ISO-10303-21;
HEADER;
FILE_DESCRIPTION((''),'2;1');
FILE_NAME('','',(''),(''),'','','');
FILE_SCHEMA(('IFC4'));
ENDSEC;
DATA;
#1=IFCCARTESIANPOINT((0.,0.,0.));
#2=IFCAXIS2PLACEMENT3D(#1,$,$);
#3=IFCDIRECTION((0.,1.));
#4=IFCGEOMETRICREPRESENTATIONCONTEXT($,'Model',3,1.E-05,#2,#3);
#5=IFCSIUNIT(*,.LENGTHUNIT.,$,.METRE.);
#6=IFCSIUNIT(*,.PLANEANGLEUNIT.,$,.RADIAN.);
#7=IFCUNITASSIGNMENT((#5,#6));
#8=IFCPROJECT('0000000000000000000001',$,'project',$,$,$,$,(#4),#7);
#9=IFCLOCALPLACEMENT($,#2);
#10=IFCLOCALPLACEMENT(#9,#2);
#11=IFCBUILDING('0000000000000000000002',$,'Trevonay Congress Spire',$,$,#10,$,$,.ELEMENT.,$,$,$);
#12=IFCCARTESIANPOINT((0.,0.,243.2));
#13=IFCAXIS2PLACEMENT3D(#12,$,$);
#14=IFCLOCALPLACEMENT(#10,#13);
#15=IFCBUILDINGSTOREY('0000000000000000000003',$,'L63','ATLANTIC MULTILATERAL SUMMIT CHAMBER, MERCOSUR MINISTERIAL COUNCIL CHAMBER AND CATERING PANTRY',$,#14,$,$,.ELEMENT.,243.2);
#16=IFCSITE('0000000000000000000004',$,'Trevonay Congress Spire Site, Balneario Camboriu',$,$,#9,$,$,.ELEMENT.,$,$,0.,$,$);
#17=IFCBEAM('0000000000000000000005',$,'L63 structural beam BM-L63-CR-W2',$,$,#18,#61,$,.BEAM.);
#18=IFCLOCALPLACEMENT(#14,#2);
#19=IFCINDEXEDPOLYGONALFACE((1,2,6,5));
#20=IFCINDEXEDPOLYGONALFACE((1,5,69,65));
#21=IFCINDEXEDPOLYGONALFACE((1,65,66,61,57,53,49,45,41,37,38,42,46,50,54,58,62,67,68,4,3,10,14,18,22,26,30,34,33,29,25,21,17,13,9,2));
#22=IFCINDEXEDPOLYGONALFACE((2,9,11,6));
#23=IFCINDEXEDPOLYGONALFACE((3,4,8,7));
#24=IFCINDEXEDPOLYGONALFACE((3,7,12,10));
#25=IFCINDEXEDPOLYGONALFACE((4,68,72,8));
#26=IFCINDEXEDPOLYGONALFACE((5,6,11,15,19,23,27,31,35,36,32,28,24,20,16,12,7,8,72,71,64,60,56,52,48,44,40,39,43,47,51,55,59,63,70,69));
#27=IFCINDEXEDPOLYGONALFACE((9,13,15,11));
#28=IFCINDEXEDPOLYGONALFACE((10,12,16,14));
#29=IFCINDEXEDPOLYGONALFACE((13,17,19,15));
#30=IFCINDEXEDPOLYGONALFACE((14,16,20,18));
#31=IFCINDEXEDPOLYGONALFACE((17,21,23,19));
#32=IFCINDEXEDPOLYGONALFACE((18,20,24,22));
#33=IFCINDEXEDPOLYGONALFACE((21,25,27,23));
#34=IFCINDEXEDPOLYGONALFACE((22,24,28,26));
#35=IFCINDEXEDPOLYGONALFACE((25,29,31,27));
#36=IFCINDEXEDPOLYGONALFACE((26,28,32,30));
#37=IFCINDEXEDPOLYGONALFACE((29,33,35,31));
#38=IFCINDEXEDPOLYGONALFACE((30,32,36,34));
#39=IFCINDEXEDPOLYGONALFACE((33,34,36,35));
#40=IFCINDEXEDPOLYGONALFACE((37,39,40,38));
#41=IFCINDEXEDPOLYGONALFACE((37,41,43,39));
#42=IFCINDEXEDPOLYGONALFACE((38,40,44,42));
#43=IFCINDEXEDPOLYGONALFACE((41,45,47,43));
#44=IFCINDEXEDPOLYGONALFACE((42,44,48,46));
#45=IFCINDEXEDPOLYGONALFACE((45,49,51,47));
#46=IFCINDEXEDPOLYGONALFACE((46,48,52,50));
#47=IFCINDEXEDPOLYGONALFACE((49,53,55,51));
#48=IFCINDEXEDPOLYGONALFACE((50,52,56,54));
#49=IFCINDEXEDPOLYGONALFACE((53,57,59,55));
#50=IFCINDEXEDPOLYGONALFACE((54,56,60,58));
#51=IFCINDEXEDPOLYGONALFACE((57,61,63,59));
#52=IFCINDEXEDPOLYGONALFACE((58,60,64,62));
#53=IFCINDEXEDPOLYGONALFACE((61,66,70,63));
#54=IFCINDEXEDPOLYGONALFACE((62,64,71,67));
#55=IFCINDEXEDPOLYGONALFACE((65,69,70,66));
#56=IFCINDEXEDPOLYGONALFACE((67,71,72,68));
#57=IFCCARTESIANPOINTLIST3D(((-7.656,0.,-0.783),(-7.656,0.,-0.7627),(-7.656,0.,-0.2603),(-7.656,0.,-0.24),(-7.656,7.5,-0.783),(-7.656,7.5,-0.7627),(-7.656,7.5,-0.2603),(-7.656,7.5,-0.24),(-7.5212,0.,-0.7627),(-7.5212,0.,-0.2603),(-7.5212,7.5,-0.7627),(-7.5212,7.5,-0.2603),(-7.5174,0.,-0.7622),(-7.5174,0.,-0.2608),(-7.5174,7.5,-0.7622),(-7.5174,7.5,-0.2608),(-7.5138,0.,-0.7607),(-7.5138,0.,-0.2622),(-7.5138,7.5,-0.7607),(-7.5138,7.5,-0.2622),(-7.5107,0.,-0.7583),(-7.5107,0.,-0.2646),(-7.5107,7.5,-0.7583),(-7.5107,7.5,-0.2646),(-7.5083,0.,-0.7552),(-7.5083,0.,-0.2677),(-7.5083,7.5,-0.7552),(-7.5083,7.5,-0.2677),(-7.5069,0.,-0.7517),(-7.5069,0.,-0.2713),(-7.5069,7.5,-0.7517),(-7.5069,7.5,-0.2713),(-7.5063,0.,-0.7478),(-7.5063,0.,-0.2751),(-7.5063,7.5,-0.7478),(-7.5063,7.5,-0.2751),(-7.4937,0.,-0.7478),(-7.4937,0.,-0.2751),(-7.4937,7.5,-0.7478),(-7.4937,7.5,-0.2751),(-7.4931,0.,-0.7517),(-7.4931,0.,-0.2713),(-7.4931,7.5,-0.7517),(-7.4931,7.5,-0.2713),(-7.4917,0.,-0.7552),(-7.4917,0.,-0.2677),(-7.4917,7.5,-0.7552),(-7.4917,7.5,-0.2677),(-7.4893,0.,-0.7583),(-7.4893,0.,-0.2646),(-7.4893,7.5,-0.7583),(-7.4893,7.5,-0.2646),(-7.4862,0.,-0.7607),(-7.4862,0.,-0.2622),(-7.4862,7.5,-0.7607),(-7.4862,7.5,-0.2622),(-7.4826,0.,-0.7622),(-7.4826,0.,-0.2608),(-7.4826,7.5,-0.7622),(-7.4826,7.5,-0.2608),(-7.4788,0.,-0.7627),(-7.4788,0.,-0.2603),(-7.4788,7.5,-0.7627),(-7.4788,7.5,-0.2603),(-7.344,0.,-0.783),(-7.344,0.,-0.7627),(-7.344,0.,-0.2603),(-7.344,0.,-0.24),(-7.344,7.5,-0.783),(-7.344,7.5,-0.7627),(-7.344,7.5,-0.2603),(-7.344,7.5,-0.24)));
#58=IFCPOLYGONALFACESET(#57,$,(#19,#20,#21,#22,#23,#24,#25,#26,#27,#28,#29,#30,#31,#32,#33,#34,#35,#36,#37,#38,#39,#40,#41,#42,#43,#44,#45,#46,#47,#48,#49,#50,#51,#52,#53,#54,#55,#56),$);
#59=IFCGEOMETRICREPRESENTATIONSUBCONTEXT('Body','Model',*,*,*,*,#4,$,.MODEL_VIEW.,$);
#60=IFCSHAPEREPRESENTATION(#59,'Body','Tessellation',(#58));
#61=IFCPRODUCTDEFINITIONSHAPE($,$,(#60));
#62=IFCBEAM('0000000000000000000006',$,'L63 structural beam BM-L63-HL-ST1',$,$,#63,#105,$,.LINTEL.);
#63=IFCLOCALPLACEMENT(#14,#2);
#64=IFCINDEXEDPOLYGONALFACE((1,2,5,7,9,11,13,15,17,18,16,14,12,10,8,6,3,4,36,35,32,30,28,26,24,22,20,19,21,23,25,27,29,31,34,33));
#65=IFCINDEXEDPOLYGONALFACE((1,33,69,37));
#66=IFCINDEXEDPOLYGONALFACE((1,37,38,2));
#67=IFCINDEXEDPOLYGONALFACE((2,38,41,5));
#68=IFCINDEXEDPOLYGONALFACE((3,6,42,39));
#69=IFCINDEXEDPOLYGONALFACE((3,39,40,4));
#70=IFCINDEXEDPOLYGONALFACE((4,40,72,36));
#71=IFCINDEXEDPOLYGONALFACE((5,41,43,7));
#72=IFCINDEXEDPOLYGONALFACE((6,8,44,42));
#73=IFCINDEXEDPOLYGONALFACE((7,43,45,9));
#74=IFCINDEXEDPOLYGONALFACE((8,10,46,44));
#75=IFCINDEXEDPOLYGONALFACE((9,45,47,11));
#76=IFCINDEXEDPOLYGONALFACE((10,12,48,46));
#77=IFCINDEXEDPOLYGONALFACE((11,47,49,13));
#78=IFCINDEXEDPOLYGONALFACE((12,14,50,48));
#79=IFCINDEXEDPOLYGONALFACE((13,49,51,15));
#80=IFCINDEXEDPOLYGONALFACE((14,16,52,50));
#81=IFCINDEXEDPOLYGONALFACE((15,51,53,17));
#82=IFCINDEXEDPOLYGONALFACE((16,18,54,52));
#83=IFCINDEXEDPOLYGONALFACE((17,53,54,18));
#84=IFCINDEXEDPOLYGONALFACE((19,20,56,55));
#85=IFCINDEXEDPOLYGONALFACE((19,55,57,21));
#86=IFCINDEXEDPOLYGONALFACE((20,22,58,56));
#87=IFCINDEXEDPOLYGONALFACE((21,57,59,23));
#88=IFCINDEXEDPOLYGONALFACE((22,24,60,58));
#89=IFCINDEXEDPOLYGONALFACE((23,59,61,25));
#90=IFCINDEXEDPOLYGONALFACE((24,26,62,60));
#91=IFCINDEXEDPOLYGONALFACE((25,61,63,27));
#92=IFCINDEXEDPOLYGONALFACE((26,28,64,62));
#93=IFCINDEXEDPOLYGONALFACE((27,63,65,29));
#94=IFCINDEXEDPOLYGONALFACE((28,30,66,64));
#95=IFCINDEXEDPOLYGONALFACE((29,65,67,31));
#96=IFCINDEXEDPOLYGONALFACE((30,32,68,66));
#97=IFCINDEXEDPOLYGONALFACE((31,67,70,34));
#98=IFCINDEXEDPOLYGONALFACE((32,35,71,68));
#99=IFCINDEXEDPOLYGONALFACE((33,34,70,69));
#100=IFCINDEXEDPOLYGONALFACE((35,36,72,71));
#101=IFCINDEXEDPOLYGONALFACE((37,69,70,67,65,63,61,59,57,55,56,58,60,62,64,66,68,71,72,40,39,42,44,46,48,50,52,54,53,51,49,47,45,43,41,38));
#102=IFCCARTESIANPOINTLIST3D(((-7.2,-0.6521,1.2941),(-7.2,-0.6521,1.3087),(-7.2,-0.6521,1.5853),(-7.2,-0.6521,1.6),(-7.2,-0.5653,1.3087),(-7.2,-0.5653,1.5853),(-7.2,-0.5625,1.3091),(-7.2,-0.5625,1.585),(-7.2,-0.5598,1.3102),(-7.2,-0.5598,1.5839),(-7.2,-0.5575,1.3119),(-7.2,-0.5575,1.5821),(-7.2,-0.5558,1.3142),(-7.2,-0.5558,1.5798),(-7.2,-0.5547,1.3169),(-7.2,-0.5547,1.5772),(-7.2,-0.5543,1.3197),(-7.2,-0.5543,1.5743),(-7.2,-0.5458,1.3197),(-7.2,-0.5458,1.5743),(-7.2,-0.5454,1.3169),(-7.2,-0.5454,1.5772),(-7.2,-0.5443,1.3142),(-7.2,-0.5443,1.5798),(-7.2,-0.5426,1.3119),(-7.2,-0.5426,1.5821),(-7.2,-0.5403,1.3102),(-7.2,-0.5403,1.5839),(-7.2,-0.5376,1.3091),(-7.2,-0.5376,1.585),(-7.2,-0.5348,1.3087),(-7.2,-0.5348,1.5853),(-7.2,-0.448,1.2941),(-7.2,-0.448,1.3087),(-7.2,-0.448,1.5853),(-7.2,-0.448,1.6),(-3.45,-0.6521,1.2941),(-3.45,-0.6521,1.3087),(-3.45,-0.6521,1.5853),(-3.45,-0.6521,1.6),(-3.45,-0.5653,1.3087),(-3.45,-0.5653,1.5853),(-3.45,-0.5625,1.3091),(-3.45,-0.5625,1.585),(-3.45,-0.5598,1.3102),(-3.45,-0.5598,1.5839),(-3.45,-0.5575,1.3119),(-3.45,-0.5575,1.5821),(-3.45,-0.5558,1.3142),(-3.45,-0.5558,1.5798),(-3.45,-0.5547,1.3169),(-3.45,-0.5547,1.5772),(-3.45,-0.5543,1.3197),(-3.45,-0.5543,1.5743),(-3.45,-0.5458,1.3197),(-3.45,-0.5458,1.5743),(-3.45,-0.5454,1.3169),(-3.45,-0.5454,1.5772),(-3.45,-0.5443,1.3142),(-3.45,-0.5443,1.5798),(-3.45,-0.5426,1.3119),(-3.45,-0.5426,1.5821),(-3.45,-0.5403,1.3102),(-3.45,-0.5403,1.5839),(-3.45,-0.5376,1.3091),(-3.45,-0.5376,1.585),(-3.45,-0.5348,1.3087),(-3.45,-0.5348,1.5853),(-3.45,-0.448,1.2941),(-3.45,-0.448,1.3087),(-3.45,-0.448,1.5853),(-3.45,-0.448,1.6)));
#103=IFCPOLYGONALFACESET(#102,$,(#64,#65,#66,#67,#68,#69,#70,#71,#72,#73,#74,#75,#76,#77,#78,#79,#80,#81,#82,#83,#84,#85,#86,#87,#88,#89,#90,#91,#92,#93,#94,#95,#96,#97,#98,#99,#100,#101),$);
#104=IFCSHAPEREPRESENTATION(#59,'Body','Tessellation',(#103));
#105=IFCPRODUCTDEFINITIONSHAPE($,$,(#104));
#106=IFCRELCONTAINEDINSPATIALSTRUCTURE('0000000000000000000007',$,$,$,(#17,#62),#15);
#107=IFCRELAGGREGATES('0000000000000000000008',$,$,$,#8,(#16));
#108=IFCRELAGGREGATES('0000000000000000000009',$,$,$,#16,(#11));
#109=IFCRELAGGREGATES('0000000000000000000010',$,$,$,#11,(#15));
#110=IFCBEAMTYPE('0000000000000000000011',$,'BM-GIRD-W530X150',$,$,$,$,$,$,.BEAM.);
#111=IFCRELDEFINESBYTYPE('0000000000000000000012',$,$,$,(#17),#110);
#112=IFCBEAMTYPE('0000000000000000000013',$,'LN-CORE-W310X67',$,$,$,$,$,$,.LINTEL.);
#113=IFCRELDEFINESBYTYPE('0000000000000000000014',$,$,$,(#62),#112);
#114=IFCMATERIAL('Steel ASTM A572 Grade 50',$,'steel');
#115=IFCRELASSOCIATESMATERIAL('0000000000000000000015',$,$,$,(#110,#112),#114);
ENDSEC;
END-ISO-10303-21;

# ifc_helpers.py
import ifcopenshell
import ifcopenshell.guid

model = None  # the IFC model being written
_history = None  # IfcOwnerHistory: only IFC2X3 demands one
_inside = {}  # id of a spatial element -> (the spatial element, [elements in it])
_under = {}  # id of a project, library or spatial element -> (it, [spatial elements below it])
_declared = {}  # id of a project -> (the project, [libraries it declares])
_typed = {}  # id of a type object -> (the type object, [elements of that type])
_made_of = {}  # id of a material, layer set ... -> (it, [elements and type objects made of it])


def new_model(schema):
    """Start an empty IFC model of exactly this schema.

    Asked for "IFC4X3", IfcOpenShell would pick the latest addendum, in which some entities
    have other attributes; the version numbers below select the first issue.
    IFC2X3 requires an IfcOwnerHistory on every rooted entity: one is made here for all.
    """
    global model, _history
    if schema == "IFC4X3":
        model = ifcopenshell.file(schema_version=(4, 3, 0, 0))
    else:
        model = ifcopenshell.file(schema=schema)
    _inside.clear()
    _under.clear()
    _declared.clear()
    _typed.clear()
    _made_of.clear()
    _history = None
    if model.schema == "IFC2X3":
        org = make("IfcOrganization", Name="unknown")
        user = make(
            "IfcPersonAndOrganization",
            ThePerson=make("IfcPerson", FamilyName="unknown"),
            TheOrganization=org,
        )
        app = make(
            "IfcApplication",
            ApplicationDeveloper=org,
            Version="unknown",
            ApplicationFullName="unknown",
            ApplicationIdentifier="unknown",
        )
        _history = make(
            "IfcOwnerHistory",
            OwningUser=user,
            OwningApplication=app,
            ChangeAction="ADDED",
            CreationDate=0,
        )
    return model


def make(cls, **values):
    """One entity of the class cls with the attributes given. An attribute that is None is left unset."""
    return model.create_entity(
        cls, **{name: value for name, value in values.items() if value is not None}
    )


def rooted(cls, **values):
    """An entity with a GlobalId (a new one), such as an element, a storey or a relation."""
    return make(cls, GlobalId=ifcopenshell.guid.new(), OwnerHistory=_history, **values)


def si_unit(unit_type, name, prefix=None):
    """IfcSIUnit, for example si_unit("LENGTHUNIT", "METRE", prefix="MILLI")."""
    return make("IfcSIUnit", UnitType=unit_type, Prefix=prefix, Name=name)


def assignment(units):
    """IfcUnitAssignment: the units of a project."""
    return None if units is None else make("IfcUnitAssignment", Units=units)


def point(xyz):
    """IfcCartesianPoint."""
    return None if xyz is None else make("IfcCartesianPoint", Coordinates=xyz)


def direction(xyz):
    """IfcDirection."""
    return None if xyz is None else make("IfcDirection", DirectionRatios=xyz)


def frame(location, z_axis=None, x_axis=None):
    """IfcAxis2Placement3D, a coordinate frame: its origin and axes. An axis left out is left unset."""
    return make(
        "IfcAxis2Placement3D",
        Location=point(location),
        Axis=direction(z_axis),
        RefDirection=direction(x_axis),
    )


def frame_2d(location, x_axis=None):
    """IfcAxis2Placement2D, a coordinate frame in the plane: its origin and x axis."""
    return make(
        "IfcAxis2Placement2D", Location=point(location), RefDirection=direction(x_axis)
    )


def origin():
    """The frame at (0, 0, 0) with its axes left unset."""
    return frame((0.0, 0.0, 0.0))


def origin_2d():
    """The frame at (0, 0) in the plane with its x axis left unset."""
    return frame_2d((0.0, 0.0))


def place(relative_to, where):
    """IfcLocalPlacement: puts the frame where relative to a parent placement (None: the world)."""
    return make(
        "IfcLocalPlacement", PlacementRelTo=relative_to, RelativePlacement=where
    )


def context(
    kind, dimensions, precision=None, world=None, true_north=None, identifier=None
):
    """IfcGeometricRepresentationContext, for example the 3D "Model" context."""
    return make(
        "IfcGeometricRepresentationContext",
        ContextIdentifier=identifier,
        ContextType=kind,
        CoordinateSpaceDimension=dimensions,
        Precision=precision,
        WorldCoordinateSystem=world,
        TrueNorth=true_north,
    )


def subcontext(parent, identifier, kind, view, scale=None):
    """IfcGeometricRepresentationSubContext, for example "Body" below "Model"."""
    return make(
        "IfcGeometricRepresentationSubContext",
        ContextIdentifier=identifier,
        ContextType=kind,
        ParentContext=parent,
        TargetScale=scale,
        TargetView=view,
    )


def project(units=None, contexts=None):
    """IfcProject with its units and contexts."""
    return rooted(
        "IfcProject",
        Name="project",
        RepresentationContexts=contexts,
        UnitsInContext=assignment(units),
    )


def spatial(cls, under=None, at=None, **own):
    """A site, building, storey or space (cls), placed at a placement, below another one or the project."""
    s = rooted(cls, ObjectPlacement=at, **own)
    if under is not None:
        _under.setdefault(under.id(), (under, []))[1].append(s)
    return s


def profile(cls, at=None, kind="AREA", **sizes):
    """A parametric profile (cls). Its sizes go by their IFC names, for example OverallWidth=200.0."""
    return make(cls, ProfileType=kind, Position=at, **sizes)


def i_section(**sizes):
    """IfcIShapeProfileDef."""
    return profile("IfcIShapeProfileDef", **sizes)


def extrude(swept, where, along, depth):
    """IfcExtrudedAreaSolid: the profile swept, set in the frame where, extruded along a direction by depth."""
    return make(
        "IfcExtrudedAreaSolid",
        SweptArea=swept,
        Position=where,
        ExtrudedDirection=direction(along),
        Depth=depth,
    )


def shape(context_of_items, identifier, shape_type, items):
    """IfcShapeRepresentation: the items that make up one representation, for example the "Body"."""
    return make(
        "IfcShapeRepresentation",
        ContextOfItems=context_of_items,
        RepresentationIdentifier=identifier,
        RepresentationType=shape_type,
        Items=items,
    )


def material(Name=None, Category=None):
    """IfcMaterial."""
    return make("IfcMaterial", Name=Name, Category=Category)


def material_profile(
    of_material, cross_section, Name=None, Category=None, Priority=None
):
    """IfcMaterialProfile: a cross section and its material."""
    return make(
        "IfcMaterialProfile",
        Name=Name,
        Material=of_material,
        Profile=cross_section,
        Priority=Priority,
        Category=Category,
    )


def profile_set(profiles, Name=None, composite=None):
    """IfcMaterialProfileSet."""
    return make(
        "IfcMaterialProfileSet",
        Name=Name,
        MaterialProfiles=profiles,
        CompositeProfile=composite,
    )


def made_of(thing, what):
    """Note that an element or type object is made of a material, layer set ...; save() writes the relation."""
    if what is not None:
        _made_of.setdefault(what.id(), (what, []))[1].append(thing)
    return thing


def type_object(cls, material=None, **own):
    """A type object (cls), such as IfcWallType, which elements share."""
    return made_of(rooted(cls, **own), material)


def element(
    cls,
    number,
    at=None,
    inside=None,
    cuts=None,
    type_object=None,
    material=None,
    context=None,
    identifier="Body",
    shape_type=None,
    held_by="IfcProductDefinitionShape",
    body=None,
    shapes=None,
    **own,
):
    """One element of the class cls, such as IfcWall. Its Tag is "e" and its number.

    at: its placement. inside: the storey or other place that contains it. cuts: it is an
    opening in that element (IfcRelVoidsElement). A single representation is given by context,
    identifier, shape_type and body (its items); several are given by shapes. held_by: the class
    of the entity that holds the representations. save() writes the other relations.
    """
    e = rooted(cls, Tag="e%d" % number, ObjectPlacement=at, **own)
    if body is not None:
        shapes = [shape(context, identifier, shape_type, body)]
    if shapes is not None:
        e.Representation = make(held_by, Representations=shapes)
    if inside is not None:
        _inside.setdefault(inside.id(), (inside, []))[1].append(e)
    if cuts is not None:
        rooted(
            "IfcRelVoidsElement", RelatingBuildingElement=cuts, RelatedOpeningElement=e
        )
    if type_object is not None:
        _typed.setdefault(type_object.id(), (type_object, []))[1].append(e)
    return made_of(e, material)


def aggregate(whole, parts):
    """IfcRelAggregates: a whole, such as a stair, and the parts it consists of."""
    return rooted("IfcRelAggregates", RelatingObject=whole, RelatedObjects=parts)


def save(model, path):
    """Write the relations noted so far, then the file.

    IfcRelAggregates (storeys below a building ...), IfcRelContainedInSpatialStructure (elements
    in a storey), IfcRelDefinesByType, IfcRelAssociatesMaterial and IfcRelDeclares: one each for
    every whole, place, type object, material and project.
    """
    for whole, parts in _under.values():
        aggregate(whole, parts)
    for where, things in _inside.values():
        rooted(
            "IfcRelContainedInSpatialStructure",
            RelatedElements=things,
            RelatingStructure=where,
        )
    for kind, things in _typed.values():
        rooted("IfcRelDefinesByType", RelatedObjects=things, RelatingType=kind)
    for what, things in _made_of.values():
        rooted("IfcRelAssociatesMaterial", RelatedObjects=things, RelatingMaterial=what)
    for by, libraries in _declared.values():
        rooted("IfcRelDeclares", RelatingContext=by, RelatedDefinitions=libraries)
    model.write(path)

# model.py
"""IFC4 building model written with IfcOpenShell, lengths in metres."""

from ifc_helpers import new_model, si_unit, direction, frame, origin, origin_2d, place, context, subcontext, project, spatial, i_section, extrude, material, material_profile, profile_set, type_object, element, save


model = new_model("IFC4")

# Units and contexts
model_context = context("Model", 3, precision=1e-05, world=origin(), true_north=direction((0.0, 1.0)))
body_context = subcontext(model_context, "Body", "Model", "MODEL_VIEW")
ifc_project = project(units=[si_unit("LENGTHUNIT", "METRE"), si_unit("PLANEANGLEUNIT", "RADIAN")], contexts=[model_context])

# Site, building, storey
site_placement = place(None, origin())
site = spatial("IfcSite", under=ifc_project, at=site_placement, Name="Trevonay Congress Spire Site, Balneario Camboriu", CompositionType="ELEMENT", RefElevation=0.0)
building_placement = place(site_placement, origin())
building = spatial("IfcBuilding", under=site, at=building_placement, Name="Trevonay Congress Spire", CompositionType="ELEMENT")
storey_placement = place(building_placement, frame((0.0, 0.0, 243.2)))
storey = spatial("IfcBuildingStorey", under=building, at=storey_placement, Name="L63", Description="ATLANTIC MULTILATERAL SUMMIT CHAMBER, MERCOSUR MINISTERIAL COUNCIL CHAMBER AND CATERING PANTRY", CompositionType="ELEMENT", Elevation=243.2)

# Shared definitions
ifc_material_1 = material(Name="Steel ASTM A572 Grade 50", Category="steel")

# Beams
ifc_material_profile_1 = material_profile(ifc_material_1, i_section(OverallWidth=0.312, OverallDepth=0.543, WebThickness=0.0127, FlangeThickness=0.0203, FilletRadius=0.0149, at=origin_2d()), Name="W530x150")
ifc_profile_set_1 = profile_set([ifc_material_profile_1], Name="Steel ASTM A572 Grade 50")
beam_type_1 = type_object("IfcBeamType", Name="BM-GIRD-W530X150", PredefinedType="BEAM", material=ifc_profile_set_1)
beam_1_placement = place(storey_placement, frame((-7.5, 0.0, -0.5115), z_axis=(0.0, 1.0, 0.0), x_axis=(-1.0, 0.0, 0.0)))
element("IfcBeam", 1, at=beam_1_placement, inside=storey, type_object=beam_type_1, Name="L63 structural beam BM-L63-CR-W2", PredefinedType="BEAM", context=body_context, shape_type="SweptSolid", body=[
    extrude(i_section(OverallWidth=0.312, OverallDepth=0.543, WebThickness=0.0127, FlangeThickness=0.0203, FilletRadius=0.0149, at=origin_2d()), origin(), (0.0, 0.0, 1.0), 7.5),
])
ifc_material_profile_2 = material_profile(ifc_material_1, i_section(OverallWidth=0.2041, OverallDepth=0.3059, WebThickness=0.0085, FlangeThickness=0.0146, FilletRadius=0.011, at=origin_2d()), Name="W310x67")
ifc_profile_set_2 = profile_set([ifc_material_profile_2], Name="Steel ASTM A572 Grade 50")
beam_type_2 = type_object("IfcBeamType", Name="LN-CORE-W310X67", PredefinedType="LINTEL", material=ifc_profile_set_2)
beam_2_placement = place(storey_placement, frame((-7.2, -0.55, 1.447), z_axis=(1.0, 0.0, 0.0), x_axis=(0.0, 1.0, 0.0)))
element("IfcBeam", 2, at=beam_2_placement, inside=storey, type_object=beam_type_2, Name="L63 structural beam BM-L63-HL-ST1", PredefinedType="LINTEL", context=body_context, shape_type="SweptSolid", body=[
    extrude(i_section(OverallWidth=0.2041, OverallDepth=0.3059, WebThickness=0.0085, FlangeThickness=0.0146, FilletRadius=0.011, at=origin_2d()), origin(), (0.0, 0.0, 1.0), 3.75),
])

save(model, "model.ifc")
